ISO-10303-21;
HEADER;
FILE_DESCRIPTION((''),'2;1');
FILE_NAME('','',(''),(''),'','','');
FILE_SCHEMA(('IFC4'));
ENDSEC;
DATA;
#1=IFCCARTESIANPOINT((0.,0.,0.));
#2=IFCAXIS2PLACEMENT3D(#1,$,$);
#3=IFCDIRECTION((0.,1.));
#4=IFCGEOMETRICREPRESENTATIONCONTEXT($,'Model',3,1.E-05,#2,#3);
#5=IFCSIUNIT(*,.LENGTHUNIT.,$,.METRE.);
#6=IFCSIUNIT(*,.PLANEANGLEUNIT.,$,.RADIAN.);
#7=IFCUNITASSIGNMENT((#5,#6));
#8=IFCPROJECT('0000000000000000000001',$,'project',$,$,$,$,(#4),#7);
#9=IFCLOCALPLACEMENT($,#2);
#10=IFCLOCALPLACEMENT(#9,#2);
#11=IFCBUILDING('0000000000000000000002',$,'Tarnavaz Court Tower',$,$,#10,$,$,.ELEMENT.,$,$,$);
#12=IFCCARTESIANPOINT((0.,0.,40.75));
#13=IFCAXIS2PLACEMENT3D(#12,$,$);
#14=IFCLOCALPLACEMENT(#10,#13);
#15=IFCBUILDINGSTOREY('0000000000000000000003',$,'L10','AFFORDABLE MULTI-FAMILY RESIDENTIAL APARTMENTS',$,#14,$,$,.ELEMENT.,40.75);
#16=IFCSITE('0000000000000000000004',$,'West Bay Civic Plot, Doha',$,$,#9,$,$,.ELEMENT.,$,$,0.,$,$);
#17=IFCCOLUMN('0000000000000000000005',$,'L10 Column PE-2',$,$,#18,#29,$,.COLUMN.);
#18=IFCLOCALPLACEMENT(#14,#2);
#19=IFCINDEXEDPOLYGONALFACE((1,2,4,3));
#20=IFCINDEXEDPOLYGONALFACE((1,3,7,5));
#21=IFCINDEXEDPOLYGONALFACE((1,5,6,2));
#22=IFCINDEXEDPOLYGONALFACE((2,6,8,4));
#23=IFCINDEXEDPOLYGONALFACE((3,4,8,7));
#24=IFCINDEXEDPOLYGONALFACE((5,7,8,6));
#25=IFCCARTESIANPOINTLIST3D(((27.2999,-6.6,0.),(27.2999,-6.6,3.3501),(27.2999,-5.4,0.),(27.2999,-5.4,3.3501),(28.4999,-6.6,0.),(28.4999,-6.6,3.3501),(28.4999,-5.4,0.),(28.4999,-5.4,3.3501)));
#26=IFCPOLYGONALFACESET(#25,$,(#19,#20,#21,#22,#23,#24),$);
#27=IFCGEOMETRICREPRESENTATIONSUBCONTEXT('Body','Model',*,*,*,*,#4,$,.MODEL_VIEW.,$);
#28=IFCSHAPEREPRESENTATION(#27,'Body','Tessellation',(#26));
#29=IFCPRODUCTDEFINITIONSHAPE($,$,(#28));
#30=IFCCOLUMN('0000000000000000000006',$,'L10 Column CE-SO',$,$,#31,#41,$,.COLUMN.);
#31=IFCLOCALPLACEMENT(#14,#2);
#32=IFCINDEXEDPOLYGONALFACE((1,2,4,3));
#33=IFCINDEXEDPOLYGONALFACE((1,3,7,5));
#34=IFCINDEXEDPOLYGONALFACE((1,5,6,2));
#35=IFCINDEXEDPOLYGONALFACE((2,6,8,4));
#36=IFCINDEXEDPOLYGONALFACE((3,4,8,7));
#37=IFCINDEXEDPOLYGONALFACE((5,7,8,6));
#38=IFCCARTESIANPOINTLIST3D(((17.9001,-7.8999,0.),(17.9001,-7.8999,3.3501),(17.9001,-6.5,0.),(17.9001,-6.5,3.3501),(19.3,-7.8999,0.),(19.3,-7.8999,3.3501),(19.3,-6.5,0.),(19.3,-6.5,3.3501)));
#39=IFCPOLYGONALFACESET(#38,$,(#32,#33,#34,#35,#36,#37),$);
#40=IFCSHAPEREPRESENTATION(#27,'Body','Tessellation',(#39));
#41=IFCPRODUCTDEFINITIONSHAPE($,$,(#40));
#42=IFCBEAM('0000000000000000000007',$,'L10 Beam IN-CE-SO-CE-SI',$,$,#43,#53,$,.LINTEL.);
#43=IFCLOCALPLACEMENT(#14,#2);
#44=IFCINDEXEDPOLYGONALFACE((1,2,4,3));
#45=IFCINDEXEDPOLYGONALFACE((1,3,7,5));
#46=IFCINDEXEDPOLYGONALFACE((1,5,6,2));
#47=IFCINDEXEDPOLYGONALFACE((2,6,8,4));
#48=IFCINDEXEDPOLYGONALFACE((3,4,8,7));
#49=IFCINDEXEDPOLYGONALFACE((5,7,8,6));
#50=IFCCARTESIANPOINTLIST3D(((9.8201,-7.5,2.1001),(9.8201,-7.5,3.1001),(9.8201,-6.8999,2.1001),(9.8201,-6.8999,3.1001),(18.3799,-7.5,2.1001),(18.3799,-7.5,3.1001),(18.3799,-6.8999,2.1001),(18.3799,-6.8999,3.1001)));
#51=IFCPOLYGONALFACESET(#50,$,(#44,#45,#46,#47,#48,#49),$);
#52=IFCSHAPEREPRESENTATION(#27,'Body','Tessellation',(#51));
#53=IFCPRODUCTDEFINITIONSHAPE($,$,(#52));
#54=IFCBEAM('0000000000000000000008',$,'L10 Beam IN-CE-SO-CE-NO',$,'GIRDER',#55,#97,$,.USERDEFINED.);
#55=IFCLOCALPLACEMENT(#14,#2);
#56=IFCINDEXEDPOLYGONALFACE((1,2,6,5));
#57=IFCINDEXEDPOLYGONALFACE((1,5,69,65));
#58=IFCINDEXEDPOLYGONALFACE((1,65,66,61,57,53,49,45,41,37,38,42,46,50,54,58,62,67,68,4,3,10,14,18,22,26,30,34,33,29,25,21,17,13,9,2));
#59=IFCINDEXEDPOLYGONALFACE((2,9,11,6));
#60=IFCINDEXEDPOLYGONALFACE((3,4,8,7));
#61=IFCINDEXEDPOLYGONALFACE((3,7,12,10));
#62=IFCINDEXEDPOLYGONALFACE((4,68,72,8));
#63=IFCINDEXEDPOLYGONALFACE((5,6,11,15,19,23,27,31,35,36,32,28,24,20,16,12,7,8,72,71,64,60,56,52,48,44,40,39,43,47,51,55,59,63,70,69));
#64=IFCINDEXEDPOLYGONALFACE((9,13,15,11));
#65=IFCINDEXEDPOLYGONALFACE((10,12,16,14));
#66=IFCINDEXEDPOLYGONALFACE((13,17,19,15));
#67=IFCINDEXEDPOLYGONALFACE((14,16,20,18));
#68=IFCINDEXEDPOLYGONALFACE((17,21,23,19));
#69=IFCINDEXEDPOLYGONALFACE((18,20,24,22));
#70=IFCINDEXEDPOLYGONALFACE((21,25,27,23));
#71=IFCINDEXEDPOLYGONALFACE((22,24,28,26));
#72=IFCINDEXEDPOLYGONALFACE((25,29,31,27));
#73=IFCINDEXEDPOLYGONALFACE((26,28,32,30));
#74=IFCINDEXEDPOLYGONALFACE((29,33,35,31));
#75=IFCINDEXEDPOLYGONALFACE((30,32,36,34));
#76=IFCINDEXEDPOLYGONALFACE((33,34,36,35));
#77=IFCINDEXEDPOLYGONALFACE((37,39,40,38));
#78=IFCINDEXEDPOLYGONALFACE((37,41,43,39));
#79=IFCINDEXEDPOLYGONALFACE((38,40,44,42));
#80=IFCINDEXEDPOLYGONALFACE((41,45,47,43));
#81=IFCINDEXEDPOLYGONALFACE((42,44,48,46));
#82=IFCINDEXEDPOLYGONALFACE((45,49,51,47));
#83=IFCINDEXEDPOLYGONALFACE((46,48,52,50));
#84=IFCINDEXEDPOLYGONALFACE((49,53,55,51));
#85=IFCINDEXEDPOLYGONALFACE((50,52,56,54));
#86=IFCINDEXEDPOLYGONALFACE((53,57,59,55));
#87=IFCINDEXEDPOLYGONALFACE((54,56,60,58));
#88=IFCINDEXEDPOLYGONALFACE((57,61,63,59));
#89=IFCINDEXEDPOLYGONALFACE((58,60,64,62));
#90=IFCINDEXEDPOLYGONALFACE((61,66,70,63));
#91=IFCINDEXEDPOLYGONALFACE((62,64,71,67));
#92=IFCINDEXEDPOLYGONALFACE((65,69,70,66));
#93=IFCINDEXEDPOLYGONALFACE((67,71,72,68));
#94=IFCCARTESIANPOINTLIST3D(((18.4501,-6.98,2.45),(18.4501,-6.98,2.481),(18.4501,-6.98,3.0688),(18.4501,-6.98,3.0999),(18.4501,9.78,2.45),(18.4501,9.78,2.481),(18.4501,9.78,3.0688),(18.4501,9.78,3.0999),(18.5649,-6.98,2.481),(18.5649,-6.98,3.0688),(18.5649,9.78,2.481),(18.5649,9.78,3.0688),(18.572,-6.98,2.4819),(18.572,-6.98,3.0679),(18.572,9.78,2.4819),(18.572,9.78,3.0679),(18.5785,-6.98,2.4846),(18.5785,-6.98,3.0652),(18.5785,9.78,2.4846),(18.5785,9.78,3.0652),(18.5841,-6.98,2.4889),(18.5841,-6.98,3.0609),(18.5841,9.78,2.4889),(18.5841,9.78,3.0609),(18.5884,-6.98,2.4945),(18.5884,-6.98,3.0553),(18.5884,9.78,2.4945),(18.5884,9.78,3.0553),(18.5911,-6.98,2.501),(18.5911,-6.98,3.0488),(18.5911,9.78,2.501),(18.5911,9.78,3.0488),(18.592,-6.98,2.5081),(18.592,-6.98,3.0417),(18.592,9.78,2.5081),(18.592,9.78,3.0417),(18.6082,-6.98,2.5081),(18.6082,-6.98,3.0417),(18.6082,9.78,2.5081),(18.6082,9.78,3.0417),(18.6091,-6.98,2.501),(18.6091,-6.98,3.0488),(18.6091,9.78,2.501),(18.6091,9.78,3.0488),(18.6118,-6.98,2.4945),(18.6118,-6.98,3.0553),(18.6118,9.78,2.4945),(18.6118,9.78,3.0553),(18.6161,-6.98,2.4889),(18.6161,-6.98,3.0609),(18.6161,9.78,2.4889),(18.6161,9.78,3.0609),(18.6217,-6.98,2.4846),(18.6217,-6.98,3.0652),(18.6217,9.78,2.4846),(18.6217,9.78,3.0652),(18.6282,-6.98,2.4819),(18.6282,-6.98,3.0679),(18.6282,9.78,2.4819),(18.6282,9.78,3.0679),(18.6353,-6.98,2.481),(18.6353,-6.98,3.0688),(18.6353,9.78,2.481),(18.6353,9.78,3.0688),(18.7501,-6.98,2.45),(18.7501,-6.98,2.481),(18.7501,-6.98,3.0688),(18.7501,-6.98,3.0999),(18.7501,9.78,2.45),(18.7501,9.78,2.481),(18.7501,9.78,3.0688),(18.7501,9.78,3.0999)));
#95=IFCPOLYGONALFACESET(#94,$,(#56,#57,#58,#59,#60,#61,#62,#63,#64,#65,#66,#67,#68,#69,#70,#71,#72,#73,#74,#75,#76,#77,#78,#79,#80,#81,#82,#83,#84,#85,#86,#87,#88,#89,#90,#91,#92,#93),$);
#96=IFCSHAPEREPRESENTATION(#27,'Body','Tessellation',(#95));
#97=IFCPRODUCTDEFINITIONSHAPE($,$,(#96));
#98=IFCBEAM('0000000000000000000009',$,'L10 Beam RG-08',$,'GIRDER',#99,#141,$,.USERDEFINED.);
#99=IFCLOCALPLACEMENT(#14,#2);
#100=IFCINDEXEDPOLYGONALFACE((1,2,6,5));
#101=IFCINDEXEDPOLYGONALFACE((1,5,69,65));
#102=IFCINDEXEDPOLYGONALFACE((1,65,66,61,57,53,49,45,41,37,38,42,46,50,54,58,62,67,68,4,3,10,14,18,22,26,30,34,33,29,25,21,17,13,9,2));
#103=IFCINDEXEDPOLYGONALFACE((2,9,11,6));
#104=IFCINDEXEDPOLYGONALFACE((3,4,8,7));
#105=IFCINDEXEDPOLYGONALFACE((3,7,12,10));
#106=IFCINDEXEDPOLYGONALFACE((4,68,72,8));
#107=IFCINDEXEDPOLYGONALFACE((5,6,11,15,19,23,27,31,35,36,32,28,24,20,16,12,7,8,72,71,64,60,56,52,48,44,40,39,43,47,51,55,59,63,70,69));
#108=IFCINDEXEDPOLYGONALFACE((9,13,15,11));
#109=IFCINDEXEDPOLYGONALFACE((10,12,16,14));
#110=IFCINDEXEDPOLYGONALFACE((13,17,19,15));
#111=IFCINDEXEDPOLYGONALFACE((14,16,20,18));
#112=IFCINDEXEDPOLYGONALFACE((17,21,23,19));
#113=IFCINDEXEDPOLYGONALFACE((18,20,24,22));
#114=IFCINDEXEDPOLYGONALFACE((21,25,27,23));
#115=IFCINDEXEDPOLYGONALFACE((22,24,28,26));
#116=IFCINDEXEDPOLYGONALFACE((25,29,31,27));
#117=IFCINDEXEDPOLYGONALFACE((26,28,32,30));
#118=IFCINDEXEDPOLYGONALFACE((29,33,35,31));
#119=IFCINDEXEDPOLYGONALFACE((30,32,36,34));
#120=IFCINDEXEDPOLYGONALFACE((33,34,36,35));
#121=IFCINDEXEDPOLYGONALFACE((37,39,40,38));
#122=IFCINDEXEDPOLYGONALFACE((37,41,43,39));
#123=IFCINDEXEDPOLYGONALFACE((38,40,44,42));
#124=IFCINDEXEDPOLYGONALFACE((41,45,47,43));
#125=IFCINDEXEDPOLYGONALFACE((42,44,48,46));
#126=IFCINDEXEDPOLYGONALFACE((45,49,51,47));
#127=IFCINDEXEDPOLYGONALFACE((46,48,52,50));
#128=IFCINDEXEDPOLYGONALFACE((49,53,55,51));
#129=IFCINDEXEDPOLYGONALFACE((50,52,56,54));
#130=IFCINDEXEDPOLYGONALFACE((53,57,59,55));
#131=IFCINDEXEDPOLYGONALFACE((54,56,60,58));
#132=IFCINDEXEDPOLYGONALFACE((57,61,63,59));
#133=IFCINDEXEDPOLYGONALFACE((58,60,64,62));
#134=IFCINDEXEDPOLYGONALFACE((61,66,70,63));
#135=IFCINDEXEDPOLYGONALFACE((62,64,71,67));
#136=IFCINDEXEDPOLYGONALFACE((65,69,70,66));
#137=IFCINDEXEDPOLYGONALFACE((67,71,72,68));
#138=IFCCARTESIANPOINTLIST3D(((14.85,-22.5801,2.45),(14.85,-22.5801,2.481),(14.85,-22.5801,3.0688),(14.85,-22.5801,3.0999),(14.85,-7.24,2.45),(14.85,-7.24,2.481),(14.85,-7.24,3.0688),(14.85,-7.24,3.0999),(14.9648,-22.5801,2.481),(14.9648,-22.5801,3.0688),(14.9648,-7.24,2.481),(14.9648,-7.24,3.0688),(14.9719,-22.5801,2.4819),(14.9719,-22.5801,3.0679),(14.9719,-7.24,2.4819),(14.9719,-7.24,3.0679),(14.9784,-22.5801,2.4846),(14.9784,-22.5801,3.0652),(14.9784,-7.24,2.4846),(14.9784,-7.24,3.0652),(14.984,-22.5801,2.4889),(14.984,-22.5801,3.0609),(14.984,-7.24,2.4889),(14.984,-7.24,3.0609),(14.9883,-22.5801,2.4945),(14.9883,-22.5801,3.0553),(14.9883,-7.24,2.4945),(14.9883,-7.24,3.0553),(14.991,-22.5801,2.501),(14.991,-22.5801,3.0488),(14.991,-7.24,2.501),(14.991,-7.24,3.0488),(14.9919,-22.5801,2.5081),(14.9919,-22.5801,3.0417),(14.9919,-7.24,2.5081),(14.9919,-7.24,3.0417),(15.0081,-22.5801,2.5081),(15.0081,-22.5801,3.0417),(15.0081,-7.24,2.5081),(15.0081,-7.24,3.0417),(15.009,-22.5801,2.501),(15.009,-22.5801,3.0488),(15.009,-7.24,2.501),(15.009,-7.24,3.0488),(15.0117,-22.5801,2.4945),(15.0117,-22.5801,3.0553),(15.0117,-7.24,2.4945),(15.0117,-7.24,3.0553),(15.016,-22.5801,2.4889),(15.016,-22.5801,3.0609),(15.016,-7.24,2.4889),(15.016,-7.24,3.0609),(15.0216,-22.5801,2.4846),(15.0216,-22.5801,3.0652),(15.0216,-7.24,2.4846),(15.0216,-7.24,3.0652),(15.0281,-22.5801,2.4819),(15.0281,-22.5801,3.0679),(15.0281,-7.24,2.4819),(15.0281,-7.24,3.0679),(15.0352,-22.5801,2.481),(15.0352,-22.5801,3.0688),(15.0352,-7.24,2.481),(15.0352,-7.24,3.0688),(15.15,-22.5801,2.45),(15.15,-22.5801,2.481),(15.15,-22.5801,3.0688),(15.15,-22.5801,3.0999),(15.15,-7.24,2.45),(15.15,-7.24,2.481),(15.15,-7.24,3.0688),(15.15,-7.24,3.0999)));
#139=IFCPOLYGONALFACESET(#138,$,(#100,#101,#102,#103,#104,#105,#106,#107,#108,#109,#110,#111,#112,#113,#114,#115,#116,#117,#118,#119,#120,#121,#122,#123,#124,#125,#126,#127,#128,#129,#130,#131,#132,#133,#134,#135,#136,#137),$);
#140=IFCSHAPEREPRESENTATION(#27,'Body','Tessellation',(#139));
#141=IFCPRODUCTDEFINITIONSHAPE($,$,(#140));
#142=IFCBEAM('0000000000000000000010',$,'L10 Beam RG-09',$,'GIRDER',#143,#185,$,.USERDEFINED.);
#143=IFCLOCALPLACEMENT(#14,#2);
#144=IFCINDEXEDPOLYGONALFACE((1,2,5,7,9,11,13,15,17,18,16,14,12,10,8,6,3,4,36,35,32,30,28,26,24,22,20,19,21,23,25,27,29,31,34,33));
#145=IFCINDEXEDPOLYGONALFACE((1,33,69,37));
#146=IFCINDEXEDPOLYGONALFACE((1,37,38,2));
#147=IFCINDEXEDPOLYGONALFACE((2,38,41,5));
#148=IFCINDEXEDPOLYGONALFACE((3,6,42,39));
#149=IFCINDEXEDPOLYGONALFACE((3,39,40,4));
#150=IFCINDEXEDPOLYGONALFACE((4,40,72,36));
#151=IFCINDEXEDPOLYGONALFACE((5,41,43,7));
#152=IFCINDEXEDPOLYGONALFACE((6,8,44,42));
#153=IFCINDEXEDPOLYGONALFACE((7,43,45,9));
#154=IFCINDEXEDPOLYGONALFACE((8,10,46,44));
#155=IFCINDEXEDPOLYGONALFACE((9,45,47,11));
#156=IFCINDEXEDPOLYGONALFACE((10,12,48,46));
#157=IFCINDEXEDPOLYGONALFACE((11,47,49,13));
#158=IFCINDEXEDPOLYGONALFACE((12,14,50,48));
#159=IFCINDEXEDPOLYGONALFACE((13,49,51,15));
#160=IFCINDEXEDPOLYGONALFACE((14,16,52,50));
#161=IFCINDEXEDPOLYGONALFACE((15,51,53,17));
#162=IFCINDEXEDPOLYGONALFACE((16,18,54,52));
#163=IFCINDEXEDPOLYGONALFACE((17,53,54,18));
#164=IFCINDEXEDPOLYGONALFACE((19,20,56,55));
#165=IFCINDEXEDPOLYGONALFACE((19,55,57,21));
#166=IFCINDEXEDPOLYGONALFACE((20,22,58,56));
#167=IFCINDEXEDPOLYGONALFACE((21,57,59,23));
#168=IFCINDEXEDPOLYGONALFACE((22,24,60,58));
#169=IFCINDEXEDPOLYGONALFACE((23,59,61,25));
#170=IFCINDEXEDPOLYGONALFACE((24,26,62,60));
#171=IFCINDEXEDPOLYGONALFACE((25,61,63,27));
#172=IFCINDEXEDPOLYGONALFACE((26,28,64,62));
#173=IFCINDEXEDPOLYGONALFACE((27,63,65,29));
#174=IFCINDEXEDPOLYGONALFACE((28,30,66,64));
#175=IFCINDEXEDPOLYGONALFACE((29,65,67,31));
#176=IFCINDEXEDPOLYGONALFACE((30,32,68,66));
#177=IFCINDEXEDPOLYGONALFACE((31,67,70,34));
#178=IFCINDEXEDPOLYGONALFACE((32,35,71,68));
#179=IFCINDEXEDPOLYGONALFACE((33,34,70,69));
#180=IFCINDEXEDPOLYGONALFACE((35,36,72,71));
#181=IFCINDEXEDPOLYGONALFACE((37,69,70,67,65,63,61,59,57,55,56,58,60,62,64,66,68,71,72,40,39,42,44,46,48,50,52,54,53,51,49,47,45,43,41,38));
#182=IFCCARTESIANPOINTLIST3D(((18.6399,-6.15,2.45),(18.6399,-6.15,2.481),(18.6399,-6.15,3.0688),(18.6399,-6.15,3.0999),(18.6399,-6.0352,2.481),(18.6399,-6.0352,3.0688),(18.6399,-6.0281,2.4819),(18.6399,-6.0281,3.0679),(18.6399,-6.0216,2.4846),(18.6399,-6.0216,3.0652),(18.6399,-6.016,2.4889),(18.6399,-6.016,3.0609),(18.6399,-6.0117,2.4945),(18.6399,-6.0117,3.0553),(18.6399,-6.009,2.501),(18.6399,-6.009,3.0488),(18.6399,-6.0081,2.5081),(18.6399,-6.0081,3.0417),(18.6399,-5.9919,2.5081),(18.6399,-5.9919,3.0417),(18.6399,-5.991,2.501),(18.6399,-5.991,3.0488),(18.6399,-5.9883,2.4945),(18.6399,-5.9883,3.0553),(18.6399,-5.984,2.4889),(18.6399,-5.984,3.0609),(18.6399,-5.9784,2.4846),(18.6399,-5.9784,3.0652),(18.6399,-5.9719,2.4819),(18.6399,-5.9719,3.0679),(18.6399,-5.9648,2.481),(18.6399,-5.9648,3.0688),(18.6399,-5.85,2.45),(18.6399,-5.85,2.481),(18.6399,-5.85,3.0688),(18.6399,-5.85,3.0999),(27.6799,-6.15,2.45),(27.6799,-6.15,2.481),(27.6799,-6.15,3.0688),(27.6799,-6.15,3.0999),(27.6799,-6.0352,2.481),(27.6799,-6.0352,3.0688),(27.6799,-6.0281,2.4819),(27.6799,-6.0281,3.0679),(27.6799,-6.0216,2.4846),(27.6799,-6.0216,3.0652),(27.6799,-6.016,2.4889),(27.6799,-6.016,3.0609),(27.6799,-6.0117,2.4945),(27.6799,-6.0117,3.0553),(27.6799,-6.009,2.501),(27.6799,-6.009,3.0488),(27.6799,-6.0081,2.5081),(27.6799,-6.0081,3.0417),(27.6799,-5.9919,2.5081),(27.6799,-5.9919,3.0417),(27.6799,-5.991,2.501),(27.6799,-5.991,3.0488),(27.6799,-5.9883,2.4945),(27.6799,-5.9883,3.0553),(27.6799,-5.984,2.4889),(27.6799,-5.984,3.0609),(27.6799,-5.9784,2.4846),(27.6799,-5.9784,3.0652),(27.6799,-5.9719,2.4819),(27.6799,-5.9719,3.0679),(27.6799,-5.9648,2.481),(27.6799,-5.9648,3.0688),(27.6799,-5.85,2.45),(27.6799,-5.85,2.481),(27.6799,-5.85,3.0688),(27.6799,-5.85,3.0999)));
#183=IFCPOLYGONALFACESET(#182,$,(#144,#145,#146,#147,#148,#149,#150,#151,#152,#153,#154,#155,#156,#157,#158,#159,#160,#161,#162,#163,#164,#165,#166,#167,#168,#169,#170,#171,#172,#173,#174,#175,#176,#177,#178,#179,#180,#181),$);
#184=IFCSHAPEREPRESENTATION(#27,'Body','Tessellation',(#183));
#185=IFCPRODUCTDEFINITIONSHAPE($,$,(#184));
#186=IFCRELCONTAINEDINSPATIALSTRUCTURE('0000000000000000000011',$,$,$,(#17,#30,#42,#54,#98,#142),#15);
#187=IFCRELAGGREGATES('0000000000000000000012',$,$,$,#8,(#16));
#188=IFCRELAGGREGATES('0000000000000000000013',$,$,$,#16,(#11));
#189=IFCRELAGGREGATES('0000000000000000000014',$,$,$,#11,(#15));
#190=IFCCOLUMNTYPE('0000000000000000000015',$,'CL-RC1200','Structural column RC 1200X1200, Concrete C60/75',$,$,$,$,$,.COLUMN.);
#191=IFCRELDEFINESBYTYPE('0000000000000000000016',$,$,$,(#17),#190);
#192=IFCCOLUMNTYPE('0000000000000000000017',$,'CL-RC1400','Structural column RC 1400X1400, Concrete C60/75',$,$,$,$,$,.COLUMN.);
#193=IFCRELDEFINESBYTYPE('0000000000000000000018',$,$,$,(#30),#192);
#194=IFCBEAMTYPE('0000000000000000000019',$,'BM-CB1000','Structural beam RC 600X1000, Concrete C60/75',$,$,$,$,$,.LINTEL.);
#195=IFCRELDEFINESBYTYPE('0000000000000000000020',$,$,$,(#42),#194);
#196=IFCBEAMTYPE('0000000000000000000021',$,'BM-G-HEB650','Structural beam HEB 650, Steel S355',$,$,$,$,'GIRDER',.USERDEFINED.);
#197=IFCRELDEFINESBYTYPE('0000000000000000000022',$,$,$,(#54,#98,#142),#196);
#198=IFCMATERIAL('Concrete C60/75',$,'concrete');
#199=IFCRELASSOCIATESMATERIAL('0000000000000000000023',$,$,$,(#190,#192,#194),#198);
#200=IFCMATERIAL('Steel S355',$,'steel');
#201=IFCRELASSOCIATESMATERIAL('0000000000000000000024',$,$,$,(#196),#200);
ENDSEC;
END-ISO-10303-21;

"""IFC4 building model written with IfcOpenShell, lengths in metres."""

from ifc_helpers import new_model, si_unit, direction, frame, origin, origin_2d, place, context, subcontext, project, spatial, rectangle, i_section, extrude, material, material_profile, profile_set, type_object, element, save


model = new_model("IFC4")

# Units and contexts
model_context = context("Model", 3, precision=1e-05, world=origin(), true_north=direction((0.0, 1.0)))
body_context = subcontext(model_context, "Body", "Model", "MODEL_VIEW")
ifc_project = project(units=[si_unit("LENGTHUNIT", "METRE"), si_unit("PLANEANGLEUNIT", "RADIAN")], contexts=[model_context])

# Site, building, storey
site_placement = place(None, origin())
site = spatial("IfcSite", under=ifc_project, at=site_placement, Name="West Bay Civic Plot, Doha", CompositionType="ELEMENT", RefElevation=0.0)
building_placement = place(site_placement, origin())
building = spatial("IfcBuilding", under=site, at=building_placement, Name="Tarnavaz Court Tower", CompositionType="ELEMENT")
storey_placement = place(building_placement, frame((0.0, 0.0, 40.75)))
storey = spatial("IfcBuildingStorey", under=building, at=storey_placement, Name="L10", Description="AFFORDABLE MULTI-FAMILY RESIDENTIAL APARTMENTS", CompositionType="ELEMENT", Elevation=40.75)

# Columns
ifc_material_1 = material(Name="Concrete C60/75", Category="concrete")
ifc_material_profile_1 = material_profile(ifc_material_1, rectangle(XDim=1.2, YDim=1.2, at=origin_2d()), Name="RC 1200X1200")
ifc_profile_set_1 = profile_set([ifc_material_profile_1], Name="Concrete C60/75")
column_type_1 = type_object("IfcColumnType", Name="CL-RC1200", Description="Structural column RC 1200X1200, Concrete C60/75", PredefinedType="COLUMN", material=ifc_profile_set_1)
column_1_placement = place(storey_placement, frame((27.8999, -6.0, 0.0), z_axis=(0.0, 0.0, 1.0), x_axis=(1.0, 0.0, 0.0)))
element("IfcColumn", 1, at=column_1_placement, inside=storey, type_object=column_type_1, Name="L10 Column PE-2", PredefinedType="COLUMN", context=body_context, shape_type="SweptSolid", body=[
    extrude(rectangle(XDim=1.2, YDim=1.2, at=origin_2d()), origin(), (0.0, 0.0, 1.0), 3.3501),
])
ifc_material_profile_2 = material_profile(ifc_material_1, rectangle(XDim=1.3999, YDim=1.3999, at=origin_2d()), Name="RC 1400X1400")
ifc_profile_set_2 = profile_set([ifc_material_profile_2], Name="Concrete C60/75")
column_type_2 = type_object("IfcColumnType", Name="CL-RC1400", Description="Structural column RC 1400X1400, Concrete C60/75", PredefinedType="COLUMN", material=ifc_profile_set_2)
column_2_placement = place(storey_placement, frame((18.6001, -7.2, 0.0), z_axis=(0.0, 0.0, 1.0), x_axis=(1.0, 0.0, 0.0)))
element("IfcColumn", 2, at=column_2_placement, inside=storey, type_object=column_type_2, Name="L10 Column CE-SO", PredefinedType="COLUMN", context=body_context, shape_type="SweptSolid", body=[
    extrude(rectangle(XDim=1.3999, YDim=1.3999, at=origin_2d()), origin(), (0.0, 0.0, 1.0), 3.3501),
])

# Beams
ifc_material_profile_3 = material_profile(ifc_material_1, rectangle(XDim=0.6001, YDim=1.0, at=origin_2d()), Name="RC 600X1000")
ifc_profile_set_3 = profile_set([ifc_material_profile_3], Name="Concrete C60/75")
beam_type_1 = type_object("IfcBeamType", Name="BM-CB1000", Description="Structural beam RC 600X1000, Concrete C60/75", PredefinedType="LINTEL", material=ifc_profile_set_3)
beam_1_placement = place(storey_placement, frame((18.3799, -7.2, 2.6001), z_axis=(-1.0, 0.0, 0.0), x_axis=(0.0, -1.0, 0.0)))
element("IfcBeam", 3, at=beam_1_placement, inside=storey, type_object=beam_type_1, Name="L10 Beam IN-CE-SO-CE-SI", PredefinedType="LINTEL", context=body_context, shape_type="SweptSolid", body=[
    extrude(rectangle(XDim=0.6001, YDim=1.0, at=origin_2d()), origin(), (0.0, 0.0, 1.0), 8.5598),
])
ifc_material_2 = material(Name="Steel S355", Category="steel")
ifc_material_profile_4 = material_profile(ifc_material_2, i_section(OverallWidth=0.3, OverallDepth=0.6499, WebThickness=0.0161, FlangeThickness=0.031, FilletRadius=0.0271, at=origin_2d()), Name="HEB 650")
ifc_profile_set_4 = profile_set([ifc_material_profile_4], Name="Steel S355")
beam_type_2 = type_object("IfcBeamType", Name="BM-G-HEB650", Description="Structural beam HEB 650, Steel S355", ElementType="GIRDER", PredefinedType="USERDEFINED", material=ifc_profile_set_4)
beam_2_placement = place(storey_placement, frame((18.6001, -6.98, 2.7749), z_axis=(0.0, 1.0, 0.0), x_axis=(-1.0, 0.0, 0.0)))
element("IfcBeam", 4, at=beam_2_placement, inside=storey, type_object=beam_type_2, Name="L10 Beam IN-CE-SO-CE-NO", ObjectType="GIRDER", PredefinedType="USERDEFINED", context=body_context, shape_type="SweptSolid", body=[
    extrude(i_section(OverallWidth=0.3, OverallDepth=0.6499, WebThickness=0.0161, FlangeThickness=0.031, FilletRadius=0.0271, at=origin_2d()), origin(), (0.0, 0.0, 1.0), 16.76),
])
beam_3_placement = place(storey_placement, frame((15.0, -7.24, 2.7749), z_axis=(0.0, -1.0, 0.0), x_axis=(1.0, 0.0, 0.0)))
element("IfcBeam", 5, at=beam_3_placement, inside=storey, type_object=beam_type_2, Name="L10 Beam RG-08", ObjectType="GIRDER", PredefinedType="USERDEFINED", context=body_context, shape_type="SweptSolid", body=[
    extrude(i_section(OverallWidth=0.3, OverallDepth=0.6499, WebThickness=0.0161, FlangeThickness=0.031, FilletRadius=0.0271, at=origin_2d()), origin(), (0.0, 0.0, 1.0), 15.3401),
])
beam_4_placement = place(storey_placement, frame((18.6399, -6.0, 2.7749), z_axis=(1.0, 0.0, 0.0), x_axis=(0.0, 1.0, 0.0)))
element("IfcBeam", 6, at=beam_4_placement, inside=storey, type_object=beam_type_2, Name="L10 Beam RG-09", ObjectType="GIRDER", PredefinedType="USERDEFINED", context=body_context, shape_type="SweptSolid", body=[
    extrude(i_section(OverallWidth=0.3, OverallDepth=0.6499, WebThickness=0.0161, FlangeThickness=0.031, FilletRadius=0.0271, at=origin_2d()), origin(), (0.0, 0.0, 1.0), 9.04),
])

save(model, "model.ifc")
